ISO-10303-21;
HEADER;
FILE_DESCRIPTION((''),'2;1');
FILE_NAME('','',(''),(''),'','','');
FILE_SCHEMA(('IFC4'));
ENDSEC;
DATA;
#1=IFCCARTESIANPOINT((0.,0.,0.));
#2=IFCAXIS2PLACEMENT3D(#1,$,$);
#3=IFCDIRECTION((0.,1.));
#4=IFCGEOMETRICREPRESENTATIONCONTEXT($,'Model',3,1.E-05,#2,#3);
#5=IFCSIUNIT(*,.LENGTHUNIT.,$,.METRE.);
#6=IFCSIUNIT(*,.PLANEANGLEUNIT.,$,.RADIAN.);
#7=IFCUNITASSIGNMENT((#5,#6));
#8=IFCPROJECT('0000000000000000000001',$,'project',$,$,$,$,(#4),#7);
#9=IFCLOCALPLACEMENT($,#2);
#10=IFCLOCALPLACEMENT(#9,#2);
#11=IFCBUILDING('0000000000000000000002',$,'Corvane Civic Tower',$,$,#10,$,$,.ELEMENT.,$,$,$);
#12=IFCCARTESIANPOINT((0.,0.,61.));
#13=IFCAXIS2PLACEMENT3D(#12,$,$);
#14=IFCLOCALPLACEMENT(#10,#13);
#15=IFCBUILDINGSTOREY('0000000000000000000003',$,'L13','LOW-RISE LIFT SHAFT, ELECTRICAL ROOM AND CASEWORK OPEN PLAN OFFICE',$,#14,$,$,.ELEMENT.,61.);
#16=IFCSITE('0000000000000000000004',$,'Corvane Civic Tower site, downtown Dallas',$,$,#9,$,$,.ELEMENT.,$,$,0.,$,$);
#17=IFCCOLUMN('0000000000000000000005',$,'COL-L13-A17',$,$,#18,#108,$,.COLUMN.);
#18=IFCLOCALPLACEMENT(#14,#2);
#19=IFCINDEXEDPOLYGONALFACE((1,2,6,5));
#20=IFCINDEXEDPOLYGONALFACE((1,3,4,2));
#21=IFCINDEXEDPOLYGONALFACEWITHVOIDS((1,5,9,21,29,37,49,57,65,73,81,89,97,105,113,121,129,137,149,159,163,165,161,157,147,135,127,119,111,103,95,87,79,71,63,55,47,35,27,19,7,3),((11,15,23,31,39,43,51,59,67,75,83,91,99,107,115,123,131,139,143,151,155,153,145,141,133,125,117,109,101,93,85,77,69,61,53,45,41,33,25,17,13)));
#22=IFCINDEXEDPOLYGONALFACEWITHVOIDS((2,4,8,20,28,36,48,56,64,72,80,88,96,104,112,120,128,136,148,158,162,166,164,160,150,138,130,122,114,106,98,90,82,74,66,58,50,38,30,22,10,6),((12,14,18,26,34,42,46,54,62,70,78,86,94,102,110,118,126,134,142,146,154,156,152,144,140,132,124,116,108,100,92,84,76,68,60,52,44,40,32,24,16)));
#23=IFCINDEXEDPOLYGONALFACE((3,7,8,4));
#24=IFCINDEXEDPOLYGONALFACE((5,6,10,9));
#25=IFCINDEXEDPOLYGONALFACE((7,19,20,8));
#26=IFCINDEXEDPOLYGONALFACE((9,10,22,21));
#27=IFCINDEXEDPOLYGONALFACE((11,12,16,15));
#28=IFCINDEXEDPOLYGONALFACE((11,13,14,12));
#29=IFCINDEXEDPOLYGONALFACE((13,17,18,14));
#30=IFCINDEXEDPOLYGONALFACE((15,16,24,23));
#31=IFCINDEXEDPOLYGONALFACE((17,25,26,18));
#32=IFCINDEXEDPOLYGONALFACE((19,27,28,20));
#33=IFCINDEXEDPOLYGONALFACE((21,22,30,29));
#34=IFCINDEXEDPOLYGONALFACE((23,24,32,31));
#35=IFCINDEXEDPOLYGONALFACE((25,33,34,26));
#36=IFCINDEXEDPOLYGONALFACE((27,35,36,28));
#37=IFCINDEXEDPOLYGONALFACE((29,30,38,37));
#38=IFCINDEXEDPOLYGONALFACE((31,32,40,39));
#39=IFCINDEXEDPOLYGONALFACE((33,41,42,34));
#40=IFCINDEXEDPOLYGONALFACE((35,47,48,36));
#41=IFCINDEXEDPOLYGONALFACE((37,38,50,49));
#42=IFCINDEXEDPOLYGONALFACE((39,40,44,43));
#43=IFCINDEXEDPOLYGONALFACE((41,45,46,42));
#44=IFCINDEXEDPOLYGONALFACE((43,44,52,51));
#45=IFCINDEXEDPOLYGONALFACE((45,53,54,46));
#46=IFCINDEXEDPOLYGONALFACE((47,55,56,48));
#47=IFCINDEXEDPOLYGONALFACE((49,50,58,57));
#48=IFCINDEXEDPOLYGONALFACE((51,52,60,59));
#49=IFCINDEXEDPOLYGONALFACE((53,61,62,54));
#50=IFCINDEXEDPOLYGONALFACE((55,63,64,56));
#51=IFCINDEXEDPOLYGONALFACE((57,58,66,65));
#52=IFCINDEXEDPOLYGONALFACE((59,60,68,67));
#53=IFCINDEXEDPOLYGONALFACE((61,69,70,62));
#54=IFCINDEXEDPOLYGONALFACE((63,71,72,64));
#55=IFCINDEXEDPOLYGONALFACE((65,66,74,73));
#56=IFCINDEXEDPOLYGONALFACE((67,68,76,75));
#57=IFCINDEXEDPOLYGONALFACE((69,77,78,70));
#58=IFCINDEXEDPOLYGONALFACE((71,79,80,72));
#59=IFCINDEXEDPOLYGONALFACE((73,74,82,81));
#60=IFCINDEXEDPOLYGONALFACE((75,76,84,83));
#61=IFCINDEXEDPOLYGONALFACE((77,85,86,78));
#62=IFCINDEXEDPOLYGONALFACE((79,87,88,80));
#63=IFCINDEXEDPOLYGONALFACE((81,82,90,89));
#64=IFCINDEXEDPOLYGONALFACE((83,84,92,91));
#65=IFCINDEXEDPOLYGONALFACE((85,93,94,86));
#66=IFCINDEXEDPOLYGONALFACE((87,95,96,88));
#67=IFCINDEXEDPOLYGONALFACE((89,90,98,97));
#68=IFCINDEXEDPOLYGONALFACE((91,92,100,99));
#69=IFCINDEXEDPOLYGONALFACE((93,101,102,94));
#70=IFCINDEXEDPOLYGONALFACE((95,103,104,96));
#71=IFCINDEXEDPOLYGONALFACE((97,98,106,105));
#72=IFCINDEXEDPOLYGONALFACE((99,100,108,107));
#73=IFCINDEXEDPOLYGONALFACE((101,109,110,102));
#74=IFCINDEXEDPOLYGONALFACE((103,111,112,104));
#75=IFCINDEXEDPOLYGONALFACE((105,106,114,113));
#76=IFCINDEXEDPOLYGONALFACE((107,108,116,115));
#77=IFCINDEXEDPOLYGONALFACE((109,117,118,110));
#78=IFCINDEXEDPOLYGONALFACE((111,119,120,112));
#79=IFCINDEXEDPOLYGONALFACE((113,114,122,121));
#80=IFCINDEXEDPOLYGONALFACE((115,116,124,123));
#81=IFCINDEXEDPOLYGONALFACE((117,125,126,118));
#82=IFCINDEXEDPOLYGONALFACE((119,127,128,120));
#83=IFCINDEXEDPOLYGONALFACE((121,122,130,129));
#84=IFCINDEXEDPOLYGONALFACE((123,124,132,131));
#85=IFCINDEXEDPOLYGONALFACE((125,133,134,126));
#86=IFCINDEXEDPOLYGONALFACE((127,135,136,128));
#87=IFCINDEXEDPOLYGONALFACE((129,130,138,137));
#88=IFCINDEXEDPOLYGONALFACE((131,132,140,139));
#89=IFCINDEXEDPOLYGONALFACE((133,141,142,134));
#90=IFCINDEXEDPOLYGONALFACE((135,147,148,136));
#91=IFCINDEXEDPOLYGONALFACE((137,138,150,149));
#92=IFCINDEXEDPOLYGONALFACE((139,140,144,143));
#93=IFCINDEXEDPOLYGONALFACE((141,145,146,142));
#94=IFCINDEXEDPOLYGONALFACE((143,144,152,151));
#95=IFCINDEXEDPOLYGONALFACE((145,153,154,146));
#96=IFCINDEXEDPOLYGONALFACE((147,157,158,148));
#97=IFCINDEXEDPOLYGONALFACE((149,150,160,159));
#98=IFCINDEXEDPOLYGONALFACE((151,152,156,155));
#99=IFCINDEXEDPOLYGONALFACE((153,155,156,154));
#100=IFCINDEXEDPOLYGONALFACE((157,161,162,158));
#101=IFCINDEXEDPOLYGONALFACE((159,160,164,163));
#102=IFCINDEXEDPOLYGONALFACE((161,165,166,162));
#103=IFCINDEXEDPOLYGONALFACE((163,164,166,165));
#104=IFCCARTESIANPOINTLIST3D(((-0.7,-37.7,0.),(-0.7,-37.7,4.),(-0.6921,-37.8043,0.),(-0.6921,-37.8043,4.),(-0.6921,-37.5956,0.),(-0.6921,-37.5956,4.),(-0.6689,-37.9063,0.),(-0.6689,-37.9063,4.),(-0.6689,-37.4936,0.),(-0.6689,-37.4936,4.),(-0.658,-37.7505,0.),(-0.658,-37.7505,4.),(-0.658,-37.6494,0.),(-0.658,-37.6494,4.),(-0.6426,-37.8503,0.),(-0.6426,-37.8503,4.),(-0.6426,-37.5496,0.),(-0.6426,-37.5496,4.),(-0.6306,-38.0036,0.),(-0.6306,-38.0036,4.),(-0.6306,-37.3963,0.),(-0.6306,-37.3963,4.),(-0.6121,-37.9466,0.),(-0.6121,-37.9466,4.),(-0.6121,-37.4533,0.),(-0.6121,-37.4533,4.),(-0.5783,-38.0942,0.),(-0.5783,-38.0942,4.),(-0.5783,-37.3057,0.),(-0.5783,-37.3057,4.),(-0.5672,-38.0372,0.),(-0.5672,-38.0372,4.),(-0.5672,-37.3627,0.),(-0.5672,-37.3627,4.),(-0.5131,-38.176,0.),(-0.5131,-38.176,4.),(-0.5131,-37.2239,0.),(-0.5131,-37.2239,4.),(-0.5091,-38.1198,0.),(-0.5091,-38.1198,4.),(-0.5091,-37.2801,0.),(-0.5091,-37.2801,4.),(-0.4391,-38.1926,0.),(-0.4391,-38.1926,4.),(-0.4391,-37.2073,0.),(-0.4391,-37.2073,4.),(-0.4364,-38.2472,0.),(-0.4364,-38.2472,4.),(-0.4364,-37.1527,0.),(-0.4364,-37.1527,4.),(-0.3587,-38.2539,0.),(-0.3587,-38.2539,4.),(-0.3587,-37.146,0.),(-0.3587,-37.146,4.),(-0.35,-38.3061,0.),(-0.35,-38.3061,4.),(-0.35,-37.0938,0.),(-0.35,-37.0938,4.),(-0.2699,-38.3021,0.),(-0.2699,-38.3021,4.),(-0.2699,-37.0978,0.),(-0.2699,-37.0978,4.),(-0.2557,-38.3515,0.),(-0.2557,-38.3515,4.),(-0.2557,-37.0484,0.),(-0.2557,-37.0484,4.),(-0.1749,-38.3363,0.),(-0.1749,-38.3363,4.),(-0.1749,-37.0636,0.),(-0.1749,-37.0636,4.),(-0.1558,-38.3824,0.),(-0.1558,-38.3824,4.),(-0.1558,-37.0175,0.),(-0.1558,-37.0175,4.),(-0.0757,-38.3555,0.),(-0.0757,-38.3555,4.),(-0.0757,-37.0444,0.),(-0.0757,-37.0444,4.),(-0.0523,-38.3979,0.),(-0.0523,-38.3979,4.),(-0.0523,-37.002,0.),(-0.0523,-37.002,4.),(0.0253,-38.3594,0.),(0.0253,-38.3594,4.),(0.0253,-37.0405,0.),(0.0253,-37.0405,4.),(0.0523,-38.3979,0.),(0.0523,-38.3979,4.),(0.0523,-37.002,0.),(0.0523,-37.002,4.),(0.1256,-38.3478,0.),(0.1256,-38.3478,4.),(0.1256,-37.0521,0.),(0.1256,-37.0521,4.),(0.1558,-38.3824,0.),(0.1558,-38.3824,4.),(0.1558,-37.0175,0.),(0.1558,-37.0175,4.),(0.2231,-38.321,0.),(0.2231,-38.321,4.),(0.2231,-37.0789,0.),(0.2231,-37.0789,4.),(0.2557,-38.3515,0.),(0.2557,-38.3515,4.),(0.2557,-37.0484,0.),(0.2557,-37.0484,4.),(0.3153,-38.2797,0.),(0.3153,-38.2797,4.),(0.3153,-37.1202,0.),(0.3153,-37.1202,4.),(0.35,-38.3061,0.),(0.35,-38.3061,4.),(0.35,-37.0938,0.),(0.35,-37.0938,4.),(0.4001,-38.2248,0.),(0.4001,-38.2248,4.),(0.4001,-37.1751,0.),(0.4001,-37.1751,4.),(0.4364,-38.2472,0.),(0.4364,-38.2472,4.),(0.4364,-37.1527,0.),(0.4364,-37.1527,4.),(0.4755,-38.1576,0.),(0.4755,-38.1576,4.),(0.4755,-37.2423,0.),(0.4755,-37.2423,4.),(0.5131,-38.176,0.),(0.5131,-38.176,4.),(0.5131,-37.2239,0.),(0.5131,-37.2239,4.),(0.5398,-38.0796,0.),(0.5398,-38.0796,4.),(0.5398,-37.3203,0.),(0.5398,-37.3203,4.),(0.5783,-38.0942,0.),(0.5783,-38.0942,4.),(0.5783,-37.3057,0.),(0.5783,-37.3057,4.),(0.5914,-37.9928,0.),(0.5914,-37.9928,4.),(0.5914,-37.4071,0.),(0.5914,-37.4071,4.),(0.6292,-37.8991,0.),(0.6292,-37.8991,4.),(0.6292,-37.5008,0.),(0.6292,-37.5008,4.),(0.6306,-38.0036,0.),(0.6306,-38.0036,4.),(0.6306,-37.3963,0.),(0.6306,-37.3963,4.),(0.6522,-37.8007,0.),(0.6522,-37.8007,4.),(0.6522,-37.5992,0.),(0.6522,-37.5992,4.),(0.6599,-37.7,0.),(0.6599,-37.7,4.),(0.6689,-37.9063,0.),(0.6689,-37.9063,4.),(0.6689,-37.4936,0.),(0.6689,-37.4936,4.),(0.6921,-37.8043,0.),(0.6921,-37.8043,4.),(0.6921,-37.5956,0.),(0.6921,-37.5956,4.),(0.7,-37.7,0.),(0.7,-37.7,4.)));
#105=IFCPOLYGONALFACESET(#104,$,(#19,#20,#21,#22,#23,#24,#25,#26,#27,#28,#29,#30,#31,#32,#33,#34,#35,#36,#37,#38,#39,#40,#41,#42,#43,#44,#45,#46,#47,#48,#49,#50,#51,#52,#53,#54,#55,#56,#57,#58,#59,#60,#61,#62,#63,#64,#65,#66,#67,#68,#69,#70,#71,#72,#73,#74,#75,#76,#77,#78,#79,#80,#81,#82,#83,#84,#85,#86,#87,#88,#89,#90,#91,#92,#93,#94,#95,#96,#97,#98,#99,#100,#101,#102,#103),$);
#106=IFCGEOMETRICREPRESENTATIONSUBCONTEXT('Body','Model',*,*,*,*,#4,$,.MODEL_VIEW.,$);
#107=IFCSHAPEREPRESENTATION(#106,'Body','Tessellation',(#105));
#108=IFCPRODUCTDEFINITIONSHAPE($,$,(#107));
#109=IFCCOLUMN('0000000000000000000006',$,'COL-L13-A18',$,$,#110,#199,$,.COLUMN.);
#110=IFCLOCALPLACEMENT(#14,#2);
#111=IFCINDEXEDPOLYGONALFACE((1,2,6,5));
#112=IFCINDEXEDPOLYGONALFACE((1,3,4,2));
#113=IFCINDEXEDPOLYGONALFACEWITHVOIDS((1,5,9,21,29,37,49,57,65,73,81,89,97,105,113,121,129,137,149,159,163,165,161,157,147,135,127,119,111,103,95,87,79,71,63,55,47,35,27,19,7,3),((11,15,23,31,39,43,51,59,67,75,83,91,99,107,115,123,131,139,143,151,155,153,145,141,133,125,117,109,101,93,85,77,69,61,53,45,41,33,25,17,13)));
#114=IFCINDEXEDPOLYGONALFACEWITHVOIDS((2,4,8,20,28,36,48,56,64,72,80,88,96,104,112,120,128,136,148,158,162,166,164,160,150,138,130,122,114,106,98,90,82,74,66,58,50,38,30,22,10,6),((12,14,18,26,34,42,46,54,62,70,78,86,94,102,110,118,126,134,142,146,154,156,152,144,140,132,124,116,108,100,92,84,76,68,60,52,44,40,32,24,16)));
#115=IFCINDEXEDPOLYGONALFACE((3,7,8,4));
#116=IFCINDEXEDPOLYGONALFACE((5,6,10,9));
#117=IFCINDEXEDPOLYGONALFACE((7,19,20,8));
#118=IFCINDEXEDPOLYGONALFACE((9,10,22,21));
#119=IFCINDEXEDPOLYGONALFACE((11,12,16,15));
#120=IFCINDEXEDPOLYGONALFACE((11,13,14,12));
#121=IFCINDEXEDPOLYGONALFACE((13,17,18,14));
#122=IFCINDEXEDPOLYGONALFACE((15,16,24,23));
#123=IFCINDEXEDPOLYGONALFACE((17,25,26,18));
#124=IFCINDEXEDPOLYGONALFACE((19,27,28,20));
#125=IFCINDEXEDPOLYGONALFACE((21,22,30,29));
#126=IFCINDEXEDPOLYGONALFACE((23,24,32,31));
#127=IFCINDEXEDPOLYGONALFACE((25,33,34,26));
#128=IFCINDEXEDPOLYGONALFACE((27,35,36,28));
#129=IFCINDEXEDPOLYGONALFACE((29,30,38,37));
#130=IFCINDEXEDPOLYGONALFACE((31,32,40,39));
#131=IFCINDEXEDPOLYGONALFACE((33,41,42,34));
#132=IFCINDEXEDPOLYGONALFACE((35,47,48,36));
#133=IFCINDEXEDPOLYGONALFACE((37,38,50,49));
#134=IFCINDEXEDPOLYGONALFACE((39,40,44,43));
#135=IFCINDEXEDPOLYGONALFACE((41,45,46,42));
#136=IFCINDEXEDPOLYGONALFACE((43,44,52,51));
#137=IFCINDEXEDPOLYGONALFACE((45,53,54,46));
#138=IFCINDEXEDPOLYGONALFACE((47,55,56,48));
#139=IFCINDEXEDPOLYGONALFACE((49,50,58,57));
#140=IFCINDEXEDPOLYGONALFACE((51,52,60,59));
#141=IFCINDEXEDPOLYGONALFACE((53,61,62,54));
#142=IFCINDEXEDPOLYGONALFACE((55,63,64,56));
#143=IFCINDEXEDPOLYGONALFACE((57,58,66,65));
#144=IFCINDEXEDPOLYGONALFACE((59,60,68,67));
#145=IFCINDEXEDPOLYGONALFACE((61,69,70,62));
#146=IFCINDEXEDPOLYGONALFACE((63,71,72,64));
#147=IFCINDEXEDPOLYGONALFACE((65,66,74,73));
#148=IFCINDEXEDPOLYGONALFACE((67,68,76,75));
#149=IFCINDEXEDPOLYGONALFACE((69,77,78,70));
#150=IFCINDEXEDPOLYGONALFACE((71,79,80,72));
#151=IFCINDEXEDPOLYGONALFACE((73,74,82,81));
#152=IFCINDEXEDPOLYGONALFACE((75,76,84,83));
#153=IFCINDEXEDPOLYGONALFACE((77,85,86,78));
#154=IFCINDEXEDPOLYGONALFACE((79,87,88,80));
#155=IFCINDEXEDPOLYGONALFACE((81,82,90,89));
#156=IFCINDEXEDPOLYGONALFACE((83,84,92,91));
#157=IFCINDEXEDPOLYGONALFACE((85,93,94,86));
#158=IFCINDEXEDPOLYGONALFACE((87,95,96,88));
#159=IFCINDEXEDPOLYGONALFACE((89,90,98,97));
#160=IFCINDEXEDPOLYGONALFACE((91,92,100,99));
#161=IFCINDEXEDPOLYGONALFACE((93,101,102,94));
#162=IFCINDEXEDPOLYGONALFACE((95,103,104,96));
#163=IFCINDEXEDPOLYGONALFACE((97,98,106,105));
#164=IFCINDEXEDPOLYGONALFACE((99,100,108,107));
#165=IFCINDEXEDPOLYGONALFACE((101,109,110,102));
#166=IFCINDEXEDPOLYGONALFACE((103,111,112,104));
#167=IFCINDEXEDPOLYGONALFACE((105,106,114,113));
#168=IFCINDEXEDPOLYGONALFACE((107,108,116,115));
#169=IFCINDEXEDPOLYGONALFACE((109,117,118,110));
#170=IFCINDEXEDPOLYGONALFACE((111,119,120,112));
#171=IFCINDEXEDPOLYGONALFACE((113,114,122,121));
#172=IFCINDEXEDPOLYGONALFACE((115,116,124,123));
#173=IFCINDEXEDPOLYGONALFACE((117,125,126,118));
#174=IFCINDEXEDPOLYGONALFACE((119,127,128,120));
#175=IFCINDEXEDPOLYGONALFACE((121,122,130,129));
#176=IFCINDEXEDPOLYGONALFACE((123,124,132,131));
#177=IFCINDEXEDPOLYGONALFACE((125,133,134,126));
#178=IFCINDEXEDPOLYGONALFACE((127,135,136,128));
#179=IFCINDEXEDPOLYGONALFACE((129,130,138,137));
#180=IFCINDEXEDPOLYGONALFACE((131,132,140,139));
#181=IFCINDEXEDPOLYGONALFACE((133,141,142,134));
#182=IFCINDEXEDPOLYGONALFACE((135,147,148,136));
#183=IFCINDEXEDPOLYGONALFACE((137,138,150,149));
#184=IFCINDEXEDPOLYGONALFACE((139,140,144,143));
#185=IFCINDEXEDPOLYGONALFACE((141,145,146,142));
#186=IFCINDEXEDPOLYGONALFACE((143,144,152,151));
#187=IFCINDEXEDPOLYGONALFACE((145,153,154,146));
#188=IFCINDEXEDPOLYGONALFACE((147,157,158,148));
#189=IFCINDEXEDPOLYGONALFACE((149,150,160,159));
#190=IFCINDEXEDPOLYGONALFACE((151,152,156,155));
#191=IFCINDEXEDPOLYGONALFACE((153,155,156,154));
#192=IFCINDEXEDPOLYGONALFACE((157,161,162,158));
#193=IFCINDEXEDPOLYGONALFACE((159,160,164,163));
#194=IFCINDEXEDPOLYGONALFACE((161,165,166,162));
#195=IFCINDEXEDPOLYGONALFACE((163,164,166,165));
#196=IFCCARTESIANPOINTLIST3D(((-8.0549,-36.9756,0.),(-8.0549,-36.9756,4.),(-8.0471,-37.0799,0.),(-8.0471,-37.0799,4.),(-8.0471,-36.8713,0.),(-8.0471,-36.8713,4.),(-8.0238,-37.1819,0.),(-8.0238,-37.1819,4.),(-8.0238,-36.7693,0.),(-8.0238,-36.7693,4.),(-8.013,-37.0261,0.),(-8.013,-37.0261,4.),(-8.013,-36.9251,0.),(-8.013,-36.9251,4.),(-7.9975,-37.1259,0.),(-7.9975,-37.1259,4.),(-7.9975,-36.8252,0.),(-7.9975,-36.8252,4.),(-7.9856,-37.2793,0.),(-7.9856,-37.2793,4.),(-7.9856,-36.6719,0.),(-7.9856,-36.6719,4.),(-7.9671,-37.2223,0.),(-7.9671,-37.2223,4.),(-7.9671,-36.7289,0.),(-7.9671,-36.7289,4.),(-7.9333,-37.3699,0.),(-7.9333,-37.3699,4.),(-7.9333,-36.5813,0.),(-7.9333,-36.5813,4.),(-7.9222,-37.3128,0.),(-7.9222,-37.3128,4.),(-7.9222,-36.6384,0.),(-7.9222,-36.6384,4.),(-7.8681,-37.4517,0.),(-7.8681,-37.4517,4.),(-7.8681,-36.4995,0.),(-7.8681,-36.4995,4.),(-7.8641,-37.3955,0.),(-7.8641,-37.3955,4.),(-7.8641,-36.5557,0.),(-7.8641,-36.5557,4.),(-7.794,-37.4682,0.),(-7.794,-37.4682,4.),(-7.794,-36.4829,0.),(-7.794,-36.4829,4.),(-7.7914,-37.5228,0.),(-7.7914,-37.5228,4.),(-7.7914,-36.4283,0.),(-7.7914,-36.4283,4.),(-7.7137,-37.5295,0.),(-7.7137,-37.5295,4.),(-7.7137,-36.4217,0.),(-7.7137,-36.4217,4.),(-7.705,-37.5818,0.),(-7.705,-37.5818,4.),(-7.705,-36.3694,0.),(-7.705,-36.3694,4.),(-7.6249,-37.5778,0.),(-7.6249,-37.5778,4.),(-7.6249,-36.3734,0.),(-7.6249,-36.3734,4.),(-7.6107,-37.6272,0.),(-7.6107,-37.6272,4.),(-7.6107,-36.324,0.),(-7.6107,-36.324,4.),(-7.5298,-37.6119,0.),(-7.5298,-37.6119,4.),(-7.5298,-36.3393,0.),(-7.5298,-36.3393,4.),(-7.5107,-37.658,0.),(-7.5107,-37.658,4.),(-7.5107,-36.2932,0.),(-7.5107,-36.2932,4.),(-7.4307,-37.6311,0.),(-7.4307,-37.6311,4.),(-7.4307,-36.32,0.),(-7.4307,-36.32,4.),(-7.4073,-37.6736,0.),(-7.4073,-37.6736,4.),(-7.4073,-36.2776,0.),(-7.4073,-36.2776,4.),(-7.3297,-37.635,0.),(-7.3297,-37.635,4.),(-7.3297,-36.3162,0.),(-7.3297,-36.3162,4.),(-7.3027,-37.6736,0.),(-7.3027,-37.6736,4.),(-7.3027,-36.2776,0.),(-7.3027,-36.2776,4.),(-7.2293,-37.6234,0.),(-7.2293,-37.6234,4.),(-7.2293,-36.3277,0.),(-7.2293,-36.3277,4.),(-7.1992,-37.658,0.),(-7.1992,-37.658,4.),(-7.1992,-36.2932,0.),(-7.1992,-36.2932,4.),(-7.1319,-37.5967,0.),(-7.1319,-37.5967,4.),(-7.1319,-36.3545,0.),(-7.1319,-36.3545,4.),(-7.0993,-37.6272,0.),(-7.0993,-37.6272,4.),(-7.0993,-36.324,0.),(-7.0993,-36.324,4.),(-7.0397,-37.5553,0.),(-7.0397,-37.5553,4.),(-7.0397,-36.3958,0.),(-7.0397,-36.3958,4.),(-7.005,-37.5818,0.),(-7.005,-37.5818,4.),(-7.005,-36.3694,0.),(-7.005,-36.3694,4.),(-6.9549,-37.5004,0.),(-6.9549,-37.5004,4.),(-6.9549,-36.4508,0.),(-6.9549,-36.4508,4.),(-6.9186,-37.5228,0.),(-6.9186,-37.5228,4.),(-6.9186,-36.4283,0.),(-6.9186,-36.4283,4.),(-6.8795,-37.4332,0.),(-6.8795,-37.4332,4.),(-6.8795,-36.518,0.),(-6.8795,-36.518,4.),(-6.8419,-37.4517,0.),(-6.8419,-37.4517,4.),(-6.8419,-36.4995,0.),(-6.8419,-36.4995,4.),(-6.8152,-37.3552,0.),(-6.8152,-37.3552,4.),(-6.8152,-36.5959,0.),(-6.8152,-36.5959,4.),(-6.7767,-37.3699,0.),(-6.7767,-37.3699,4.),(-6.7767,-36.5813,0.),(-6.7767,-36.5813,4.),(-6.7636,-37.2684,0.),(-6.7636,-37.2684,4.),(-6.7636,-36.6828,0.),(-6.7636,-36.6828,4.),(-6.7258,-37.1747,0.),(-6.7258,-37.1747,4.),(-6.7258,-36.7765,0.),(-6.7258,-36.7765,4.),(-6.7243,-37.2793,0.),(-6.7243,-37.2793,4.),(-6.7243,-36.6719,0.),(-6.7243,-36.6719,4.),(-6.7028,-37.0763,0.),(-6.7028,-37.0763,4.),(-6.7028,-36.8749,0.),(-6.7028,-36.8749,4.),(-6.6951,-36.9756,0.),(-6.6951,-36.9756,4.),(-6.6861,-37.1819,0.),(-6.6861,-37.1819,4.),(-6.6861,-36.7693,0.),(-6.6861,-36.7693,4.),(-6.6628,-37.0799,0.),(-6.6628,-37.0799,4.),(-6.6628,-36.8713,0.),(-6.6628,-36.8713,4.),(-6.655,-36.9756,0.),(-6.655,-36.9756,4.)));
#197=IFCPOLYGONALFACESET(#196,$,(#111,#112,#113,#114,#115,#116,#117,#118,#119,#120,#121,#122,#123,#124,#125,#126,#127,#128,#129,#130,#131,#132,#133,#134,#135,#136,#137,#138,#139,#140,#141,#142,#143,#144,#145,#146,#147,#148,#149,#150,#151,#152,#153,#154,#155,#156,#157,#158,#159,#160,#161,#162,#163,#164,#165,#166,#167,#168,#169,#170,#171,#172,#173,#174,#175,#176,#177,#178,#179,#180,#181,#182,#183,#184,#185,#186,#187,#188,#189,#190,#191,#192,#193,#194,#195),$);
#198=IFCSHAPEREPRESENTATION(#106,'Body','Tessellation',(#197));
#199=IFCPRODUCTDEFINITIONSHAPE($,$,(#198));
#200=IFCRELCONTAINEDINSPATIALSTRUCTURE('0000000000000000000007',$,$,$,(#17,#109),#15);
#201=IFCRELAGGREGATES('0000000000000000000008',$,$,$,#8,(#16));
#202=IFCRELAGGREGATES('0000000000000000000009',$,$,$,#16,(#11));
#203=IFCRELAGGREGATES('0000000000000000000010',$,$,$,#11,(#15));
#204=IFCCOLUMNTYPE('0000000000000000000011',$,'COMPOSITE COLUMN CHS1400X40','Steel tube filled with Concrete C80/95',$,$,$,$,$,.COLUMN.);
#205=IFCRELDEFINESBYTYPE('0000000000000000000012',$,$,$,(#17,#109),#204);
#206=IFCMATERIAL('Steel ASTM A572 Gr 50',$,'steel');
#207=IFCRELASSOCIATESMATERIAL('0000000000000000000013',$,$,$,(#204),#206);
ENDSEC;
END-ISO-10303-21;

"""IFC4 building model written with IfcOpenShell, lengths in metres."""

from ifc_helpers import new_model, si_unit, direction, frame, origin, origin_2d, place, context, subcontext, project, spatial, hollow_circle, extrude, material, material_profile, profile_set, type_object, element, save


model = new_model("IFC4")

# Units and contexts
model_context = context("Model", 3, precision=1e-05, world=origin(), true_north=direction((0.0, 1.0)))
body_context = subcontext(model_context, "Body", "Model", "MODEL_VIEW")
ifc_project = project(units=[si_unit("LENGTHUNIT", "METRE"), si_unit("PLANEANGLEUNIT", "RADIAN")], contexts=[model_context])

# Site, building, storey
site_placement = place(None, origin())
site = spatial("IfcSite", under=ifc_project, at=site_placement, Name="Corvane Civic Tower site, downtown Dallas", CompositionType="ELEMENT", RefElevation=0.0)
building_placement = place(site_placement, origin())
building = spatial("IfcBuilding", under=site, at=building_placement, Name="Corvane Civic Tower", CompositionType="ELEMENT")
storey_placement = place(building_placement, frame((0.0, 0.0, 61.0)))
storey = spatial("IfcBuildingStorey", under=building, at=storey_placement, Name="L13", Description="LOW-RISE LIFT SHAFT, ELECTRICAL ROOM AND CASEWORK OPEN PLAN OFFICE", CompositionType="ELEMENT", Elevation=61.0)

# Columns
ifc_material_1 = material(Name="Steel ASTM A572 Gr 50", Category="steel")
ifc_material_profile_1 = material_profile(ifc_material_1, hollow_circle(Radius=0.7, WallThickness=0.04, at=origin_2d()), Name="CHS1400X40")
ifc_profile_set_1 = profile_set([ifc_material_profile_1], Name="Steel ASTM A572 Gr 50")
column_type = type_object("IfcColumnType", Name="COMPOSITE COLUMN CHS1400X40", Description="Steel tube filled with Concrete C80/95", PredefinedType="COLUMN", material=ifc_profile_set_1)
for number, where, z_axis, x_axis, name in (
    (1, (0.0, -37.7, 0.0), (0.0, 0.0, 1.0), (1.0, 0.0, 0.0), "COL-L13-A17"),
    (2, (-7.355, -36.9756, 0.0), (0.0, 0.0, 1.0), (1.0, 0.0, 0.0), "COL-L13-A18"),
):
    element("IfcColumn", number, at=place(storey_placement, frame(where, z_axis=z_axis, x_axis=x_axis)), inside=storey, type_object=column_type, Name=name, PredefinedType="COLUMN", context=body_context, shape_type="SweptSolid", body=[
        extrude(hollow_circle(Radius=0.7, WallThickness=0.04, at=origin_2d()), origin(), (0.0, 0.0, 1.0), 4.0),
    ])

save(model, "model.ifc")
